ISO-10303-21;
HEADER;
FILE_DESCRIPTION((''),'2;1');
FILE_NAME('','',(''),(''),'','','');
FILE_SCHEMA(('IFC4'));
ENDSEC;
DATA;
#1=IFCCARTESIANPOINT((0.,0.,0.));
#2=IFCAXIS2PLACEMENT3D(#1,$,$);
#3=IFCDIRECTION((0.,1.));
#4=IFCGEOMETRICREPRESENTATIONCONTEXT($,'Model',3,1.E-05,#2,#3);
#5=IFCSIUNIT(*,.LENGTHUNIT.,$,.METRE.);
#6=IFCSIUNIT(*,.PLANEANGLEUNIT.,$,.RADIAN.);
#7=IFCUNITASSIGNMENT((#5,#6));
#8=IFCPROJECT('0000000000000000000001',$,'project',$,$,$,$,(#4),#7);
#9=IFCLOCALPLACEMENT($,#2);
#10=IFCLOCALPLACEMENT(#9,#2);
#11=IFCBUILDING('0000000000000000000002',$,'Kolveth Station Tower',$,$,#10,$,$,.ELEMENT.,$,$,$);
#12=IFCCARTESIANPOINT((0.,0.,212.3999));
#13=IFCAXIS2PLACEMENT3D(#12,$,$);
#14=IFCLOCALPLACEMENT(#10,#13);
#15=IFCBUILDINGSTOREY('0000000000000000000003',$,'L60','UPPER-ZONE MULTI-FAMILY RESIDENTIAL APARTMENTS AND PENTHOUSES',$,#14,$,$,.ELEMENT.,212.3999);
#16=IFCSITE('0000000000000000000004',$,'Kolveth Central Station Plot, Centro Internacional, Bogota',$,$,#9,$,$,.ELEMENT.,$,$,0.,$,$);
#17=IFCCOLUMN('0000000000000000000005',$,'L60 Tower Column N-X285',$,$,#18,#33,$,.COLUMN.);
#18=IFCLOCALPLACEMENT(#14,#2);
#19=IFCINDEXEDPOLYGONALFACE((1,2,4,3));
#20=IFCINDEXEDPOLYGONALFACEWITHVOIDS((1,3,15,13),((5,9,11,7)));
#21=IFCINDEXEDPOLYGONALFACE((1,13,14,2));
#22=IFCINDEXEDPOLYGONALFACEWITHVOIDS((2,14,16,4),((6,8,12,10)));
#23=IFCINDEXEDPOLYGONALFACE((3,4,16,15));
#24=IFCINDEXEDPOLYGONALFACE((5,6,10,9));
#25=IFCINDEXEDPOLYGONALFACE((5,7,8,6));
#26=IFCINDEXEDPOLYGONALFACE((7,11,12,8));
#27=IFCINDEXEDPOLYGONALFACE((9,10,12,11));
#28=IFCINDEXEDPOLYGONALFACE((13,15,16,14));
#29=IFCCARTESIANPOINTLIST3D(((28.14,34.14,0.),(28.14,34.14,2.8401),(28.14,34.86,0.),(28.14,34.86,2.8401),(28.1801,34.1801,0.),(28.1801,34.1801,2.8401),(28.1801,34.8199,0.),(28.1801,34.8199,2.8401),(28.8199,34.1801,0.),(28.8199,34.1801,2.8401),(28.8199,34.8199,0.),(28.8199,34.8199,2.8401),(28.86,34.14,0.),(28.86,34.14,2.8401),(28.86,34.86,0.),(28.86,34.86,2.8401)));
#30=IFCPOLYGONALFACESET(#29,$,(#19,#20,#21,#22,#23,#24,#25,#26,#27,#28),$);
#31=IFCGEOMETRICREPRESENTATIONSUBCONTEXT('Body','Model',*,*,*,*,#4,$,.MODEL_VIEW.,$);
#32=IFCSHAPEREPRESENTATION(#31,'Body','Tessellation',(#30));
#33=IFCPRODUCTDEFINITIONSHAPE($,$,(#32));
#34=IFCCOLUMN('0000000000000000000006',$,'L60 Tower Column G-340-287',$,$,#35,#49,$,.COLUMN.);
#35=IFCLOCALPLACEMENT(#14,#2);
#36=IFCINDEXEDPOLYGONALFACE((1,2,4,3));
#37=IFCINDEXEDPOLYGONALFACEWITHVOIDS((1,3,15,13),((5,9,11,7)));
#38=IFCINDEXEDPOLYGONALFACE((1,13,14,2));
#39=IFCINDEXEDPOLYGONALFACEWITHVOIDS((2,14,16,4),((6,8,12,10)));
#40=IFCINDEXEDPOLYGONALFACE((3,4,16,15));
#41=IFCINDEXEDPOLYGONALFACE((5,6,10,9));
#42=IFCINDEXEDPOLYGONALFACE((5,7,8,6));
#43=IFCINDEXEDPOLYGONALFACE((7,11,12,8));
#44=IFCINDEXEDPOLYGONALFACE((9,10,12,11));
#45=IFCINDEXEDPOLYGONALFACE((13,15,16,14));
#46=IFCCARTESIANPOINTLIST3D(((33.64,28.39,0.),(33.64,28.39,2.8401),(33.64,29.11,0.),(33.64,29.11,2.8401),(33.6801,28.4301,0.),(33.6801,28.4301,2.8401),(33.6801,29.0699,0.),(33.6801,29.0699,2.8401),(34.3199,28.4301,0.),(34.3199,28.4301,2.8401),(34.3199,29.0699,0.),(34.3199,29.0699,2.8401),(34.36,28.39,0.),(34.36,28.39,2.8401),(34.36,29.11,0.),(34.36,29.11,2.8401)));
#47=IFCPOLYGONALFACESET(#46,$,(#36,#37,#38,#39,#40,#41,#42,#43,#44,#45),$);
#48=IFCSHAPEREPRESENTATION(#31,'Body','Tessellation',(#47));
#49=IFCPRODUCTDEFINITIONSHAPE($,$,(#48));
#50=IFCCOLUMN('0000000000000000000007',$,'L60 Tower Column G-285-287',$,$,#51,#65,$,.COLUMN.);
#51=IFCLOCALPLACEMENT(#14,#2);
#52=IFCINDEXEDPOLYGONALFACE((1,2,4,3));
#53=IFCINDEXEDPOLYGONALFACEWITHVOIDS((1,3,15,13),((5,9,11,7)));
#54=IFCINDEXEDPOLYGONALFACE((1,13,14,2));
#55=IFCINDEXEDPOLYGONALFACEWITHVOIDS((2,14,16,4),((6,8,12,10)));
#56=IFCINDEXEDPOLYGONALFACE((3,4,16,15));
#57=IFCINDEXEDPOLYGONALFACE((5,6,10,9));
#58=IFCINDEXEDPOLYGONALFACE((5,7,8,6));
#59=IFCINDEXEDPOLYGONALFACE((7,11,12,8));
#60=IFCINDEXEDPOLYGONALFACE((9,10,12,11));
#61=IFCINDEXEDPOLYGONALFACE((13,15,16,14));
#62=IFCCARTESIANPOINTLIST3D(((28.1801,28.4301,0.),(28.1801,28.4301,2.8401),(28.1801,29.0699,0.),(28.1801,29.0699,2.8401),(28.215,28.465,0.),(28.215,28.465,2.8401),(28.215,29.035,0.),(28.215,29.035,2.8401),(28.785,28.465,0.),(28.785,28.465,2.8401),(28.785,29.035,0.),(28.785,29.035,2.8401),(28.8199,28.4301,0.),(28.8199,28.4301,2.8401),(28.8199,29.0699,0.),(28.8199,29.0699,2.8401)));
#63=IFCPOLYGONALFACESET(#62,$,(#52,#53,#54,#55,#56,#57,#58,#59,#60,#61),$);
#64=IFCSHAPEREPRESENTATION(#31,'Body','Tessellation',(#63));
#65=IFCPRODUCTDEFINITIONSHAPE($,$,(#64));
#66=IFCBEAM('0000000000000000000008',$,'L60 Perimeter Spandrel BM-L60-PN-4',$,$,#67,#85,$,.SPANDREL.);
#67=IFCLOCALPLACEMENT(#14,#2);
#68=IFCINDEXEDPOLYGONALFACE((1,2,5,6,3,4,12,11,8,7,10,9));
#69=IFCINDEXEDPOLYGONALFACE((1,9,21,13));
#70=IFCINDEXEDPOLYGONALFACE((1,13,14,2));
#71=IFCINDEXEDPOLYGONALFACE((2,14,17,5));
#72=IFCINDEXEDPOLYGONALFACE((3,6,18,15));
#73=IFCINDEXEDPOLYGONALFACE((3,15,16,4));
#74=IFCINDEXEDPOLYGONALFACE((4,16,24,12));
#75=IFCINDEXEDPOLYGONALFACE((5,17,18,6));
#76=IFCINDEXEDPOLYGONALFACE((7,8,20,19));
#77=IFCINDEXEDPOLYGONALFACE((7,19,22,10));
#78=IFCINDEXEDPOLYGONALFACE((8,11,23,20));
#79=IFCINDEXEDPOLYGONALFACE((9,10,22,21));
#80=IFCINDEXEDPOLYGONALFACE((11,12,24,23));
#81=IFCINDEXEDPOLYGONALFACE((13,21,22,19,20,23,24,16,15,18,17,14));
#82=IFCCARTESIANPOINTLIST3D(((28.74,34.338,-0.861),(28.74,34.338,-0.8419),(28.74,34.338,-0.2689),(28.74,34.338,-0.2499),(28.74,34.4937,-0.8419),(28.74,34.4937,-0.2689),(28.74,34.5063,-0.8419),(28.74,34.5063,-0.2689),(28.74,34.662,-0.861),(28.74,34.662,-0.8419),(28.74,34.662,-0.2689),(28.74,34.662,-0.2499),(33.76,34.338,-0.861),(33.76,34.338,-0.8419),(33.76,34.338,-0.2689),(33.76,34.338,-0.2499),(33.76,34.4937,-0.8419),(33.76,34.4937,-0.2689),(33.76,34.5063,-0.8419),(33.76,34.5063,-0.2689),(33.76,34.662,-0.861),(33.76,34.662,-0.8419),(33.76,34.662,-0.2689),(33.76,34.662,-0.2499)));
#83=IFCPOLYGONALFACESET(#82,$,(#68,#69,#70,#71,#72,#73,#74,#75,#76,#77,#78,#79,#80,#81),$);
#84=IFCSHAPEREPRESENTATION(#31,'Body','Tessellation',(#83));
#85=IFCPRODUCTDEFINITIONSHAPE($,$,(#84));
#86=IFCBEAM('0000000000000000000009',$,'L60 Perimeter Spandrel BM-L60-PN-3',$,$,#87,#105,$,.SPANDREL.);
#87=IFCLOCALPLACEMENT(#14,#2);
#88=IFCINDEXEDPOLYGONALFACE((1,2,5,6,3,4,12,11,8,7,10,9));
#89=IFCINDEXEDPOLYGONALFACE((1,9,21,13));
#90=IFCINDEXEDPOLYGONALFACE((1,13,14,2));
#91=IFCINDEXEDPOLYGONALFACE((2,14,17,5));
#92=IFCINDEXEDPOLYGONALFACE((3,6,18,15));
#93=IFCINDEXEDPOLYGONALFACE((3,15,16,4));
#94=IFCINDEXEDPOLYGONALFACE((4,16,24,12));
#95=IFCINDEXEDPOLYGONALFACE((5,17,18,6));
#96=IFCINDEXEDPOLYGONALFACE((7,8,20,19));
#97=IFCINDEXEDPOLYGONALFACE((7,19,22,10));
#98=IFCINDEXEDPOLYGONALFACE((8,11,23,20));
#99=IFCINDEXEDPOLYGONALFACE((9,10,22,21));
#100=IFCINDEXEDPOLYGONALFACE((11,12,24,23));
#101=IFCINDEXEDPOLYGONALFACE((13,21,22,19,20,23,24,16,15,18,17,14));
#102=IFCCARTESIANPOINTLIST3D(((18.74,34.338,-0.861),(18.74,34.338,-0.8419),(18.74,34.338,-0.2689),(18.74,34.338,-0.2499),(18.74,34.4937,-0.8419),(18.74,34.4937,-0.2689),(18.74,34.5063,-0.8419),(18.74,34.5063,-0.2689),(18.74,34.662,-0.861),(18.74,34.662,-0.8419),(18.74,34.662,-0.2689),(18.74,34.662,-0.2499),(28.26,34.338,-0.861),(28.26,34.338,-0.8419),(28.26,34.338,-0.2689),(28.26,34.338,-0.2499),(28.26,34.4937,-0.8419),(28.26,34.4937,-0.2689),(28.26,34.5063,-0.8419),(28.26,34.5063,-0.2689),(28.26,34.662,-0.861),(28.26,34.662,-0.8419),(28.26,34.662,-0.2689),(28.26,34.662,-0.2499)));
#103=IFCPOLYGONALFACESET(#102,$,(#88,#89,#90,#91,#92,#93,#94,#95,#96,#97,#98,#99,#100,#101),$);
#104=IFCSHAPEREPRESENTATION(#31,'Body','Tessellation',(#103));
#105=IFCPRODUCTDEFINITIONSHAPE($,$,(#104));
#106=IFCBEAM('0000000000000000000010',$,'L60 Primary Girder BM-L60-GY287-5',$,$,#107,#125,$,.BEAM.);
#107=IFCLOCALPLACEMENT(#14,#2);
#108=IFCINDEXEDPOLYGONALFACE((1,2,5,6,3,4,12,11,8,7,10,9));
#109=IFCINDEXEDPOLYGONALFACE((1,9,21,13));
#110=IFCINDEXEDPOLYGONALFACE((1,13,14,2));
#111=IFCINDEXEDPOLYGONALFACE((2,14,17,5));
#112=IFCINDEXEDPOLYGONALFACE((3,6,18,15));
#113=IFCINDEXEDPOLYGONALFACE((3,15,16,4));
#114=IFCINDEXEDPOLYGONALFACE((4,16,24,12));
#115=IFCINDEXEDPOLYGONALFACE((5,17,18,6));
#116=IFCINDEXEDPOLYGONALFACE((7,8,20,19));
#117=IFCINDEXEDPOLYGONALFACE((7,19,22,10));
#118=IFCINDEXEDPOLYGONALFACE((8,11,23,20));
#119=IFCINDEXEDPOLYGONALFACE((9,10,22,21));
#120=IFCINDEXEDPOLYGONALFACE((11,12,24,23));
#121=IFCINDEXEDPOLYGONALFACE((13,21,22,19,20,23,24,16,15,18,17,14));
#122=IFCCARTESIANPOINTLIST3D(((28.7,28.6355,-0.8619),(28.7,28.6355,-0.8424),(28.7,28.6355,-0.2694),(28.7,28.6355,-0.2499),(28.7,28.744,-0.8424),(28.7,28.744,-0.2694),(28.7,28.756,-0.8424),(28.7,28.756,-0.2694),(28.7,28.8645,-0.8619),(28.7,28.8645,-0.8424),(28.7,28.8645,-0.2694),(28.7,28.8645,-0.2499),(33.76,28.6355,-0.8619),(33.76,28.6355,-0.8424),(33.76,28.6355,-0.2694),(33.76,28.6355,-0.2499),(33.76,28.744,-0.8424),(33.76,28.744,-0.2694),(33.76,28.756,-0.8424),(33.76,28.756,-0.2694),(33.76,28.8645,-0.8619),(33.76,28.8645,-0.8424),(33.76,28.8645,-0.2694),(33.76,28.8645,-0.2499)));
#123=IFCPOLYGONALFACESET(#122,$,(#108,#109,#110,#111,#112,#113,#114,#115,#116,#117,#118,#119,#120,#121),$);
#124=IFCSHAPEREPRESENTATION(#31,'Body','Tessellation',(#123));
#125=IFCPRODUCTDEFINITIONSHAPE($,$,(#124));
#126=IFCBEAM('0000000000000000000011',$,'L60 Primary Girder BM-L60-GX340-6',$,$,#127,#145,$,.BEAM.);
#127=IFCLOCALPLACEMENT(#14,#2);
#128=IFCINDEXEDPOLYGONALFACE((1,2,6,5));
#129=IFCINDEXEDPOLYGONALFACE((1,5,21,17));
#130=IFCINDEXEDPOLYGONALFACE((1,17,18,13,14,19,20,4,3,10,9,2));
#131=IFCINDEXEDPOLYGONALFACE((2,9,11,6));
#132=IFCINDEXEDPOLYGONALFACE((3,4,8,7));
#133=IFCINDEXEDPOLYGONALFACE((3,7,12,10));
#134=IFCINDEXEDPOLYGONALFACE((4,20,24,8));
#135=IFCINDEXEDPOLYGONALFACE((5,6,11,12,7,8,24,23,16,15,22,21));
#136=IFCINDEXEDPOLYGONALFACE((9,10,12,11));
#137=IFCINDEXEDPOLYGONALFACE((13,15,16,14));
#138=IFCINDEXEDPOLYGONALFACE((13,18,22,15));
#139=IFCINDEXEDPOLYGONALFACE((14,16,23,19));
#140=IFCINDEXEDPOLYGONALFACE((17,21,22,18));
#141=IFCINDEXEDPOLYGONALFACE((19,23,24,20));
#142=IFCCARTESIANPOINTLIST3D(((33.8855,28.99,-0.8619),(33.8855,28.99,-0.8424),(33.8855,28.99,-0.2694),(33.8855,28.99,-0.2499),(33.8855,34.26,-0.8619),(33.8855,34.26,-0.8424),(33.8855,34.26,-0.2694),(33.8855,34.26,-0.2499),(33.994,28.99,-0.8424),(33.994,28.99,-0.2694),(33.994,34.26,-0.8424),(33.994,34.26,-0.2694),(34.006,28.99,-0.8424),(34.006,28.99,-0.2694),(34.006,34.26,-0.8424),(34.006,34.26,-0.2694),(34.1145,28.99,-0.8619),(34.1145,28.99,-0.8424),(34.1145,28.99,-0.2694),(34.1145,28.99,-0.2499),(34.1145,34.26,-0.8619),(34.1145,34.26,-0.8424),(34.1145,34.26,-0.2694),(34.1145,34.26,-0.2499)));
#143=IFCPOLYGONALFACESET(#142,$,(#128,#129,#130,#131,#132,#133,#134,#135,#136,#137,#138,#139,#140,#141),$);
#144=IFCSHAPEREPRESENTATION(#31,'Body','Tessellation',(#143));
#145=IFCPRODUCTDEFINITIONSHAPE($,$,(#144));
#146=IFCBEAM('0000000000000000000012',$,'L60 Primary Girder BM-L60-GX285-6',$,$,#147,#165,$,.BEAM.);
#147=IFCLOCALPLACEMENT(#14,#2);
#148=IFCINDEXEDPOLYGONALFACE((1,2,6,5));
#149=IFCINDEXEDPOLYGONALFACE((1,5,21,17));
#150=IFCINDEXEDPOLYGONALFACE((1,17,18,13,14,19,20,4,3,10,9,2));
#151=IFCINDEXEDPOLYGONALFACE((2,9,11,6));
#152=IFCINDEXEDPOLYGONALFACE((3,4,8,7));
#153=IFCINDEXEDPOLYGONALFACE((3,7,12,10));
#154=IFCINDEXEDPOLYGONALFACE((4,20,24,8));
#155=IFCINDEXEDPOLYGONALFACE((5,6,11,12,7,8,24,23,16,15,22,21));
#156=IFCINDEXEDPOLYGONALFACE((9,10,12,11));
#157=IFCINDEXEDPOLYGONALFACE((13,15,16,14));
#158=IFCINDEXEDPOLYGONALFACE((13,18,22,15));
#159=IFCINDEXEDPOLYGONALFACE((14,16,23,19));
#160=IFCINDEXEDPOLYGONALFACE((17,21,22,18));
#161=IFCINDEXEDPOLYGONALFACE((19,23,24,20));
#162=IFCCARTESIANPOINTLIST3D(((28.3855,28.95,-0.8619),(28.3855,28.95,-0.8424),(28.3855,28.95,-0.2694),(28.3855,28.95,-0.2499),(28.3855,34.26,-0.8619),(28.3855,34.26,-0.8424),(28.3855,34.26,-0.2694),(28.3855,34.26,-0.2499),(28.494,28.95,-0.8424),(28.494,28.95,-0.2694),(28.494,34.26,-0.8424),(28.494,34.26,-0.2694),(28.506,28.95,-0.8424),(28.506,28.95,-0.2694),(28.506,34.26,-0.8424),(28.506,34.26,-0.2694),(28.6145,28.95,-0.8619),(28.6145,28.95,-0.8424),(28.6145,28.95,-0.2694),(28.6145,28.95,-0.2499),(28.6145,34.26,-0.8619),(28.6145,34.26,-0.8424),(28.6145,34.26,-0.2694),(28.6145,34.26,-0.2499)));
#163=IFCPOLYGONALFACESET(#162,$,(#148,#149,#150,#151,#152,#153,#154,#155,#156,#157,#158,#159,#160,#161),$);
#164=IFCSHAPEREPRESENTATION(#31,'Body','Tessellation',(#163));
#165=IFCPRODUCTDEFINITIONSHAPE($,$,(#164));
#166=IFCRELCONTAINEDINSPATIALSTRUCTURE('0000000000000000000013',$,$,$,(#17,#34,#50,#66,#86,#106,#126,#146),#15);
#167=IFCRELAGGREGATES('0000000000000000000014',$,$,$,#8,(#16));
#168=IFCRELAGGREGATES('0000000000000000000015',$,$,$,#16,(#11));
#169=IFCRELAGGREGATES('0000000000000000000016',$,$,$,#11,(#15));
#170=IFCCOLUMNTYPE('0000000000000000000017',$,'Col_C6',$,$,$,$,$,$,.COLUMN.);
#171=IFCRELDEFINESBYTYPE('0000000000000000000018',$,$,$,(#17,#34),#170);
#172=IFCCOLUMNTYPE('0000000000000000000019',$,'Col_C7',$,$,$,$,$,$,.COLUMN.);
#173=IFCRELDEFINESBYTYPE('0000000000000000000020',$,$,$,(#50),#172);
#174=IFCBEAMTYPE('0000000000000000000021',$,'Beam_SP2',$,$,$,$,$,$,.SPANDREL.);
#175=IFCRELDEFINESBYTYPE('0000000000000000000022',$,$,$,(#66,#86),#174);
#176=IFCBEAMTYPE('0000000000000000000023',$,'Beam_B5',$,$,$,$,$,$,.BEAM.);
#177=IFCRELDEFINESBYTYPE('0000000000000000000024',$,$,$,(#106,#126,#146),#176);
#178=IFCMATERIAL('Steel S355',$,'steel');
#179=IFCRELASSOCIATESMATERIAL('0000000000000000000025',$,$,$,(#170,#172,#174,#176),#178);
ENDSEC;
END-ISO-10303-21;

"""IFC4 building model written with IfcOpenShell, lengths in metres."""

from ifc_helpers import new_model, si_unit, direction, frame, origin, origin_2d, place, context, subcontext, project, spatial, hollow_rectangle, i_section, extrude, source, transform, mapped, material, material_profile, profile_set, type_object, element, save


model = new_model("IFC4")

# Units and contexts
model_context = context("Model", 3, precision=1e-05, world=origin(), true_north=direction((0.0, 1.0)))
body_context = subcontext(model_context, "Body", "Model", "MODEL_VIEW")
ifc_project = project(units=[si_unit("LENGTHUNIT", "METRE"), si_unit("PLANEANGLEUNIT", "RADIAN")], contexts=[model_context])

# Site, building, storey
site_placement = place(None, origin())
site = spatial("IfcSite", under=ifc_project, at=site_placement, Name="Kolveth Central Station Plot, Centro Internacional, Bogota", CompositionType="ELEMENT", RefElevation=0.0)
building_placement = place(site_placement, origin())
building = spatial("IfcBuilding", under=site, at=building_placement, Name="Kolveth Station Tower", CompositionType="ELEMENT")
storey_placement = place(building_placement, frame((0.0, 0.0, 212.3999)))
storey = spatial("IfcBuildingStorey", under=building, at=storey_placement, Name="L60", Description="UPPER-ZONE MULTI-FAMILY RESIDENTIAL APARTMENTS AND PENTHOUSES", CompositionType="ELEMENT", Elevation=212.3999)

# Columns
ifc_material_1 = material(Name="Steel S355", Category="steel")
ifc_material_profile_1 = material_profile(ifc_material_1, hollow_rectangle(XDim=0.72, YDim=0.72, WallThickness=0.04, at=origin_2d()), Name="BOX720x720x40")
ifc_profile_set_1 = profile_set([ifc_material_profile_1], Name="Steel S355")
column_type_1 = type_object("IfcColumnType", Name="Col_C6", PredefinedType="COLUMN", material=ifc_profile_set_1)
shared_shape_1 = source(origin(), body_context, "Body", "SweptSolid", [
    extrude(hollow_rectangle(XDim=0.72, YDim=0.72, WallThickness=0.04, at=origin_2d()), origin(), (0.0, 0.0, 1.0), 2.8401),
])
for number, where, z_axis, x_axis, name in (
    (1, (28.5, 34.5, 0.0), (0.0, 0.0, 1.0), (1.0, 0.0, 0.0), "L60 Tower Column N-X285"),
    (2, (34.0, 28.75, 0.0), (0.0, 0.0, 1.0), (1.0, 0.0, 0.0), "L60 Tower Column G-340-287"),
):
    element("IfcColumn", number, at=place(storey_placement, frame(where, z_axis=z_axis, x_axis=x_axis)), inside=storey, type_object=column_type_1, Name=name, PredefinedType="COLUMN", context=body_context, shape_type="MappedRepresentation", body=[
        mapped(shared_shape_1, transform((0.0, 0.0, 0.0), x_axis=(1.0, 0.0, 0.0), y_axis=(0.0, 1.0, 0.0), z_axis=(0.0, 0.0, 1.0), scale=1.0)),
    ])
ifc_material_profile_2 = material_profile(ifc_material_1, hollow_rectangle(XDim=0.6399, YDim=0.6399, WallThickness=0.0349, at=origin_2d()), Name="BOX640x640x35")
ifc_profile_set_2 = profile_set([ifc_material_profile_2], Name="Steel S355")
column_type_2 = type_object("IfcColumnType", Name="Col_C7", PredefinedType="COLUMN", material=ifc_profile_set_2)
shared_shape_2 = source(origin(), body_context, "Body", "SweptSolid", [
    extrude(hollow_rectangle(XDim=0.6399, YDim=0.6399, WallThickness=0.0349, at=origin_2d()), origin(), (0.0, 0.0, 1.0), 2.8401),
])
column_placement = place(storey_placement, frame((28.5, 28.75, 0.0), z_axis=(0.0, 0.0, 1.0), x_axis=(1.0, 0.0, 0.0)))
element("IfcColumn", 3, at=column_placement, inside=storey, type_object=column_type_2, Name="L60 Tower Column G-285-287", PredefinedType="COLUMN", context=body_context, shape_type="MappedRepresentation", body=[
    mapped(shared_shape_2, transform((0.0, 0.0, 0.0), x_axis=(1.0, 0.0, 0.0), y_axis=(0.0, 1.0, 0.0), z_axis=(0.0, 0.0, 1.0), scale=1.0)),
])

# Beams
ifc_material_profile_3 = material_profile(ifc_material_1, i_section(OverallWidth=0.324, OverallDepth=0.6111, WebThickness=0.0127, FlangeThickness=0.019, at=origin_2d()), Name="W610x155")
ifc_profile_set_3 = profile_set([ifc_material_profile_3], Name="Steel S355")
beam_type_1 = type_object("IfcBeamType", Name="Beam_SP2", PredefinedType="SPANDREL", material=ifc_profile_set_3)
shared_shape_3 = source(origin(), body_context, "Body", "SweptSolid", [
    extrude(i_section(OverallWidth=0.324, OverallDepth=0.6111, WebThickness=0.0127, FlangeThickness=0.019, at=origin_2d()), origin(), (0.0, 0.0, 1.0), 5.02),
])
beam_1_placement = place(storey_placement, frame((28.74, 34.5, -0.5554), z_axis=(1.0, 0.0, 0.0), x_axis=(0.0, 1.0, 0.0)))
element("IfcBeam", 4, at=beam_1_placement, inside=storey, type_object=beam_type_1, Name="L60 Perimeter Spandrel BM-L60-PN-4", PredefinedType="SPANDREL", context=body_context, shape_type="MappedRepresentation", body=[
    mapped(shared_shape_3, transform((0.0, 0.0, 0.0), x_axis=(1.0, 0.0, 0.0), y_axis=(0.0, 1.0, 0.0), z_axis=(0.0, 0.0, 1.0), scale=1.0)),
])
shared_shape_4 = source(origin(), body_context, "Body", "SweptSolid", [
    extrude(i_section(OverallWidth=0.324, OverallDepth=0.6111, WebThickness=0.0127, FlangeThickness=0.019, at=origin_2d()), origin(), (0.0, 0.0, 1.0), 9.52),
])
beam_2_placement = place(storey_placement, frame((18.74, 34.5, -0.5554), z_axis=(1.0, 0.0, 0.0), x_axis=(0.0, 1.0, 0.0)))
element("IfcBeam", 5, at=beam_2_placement, inside=storey, type_object=beam_type_1, Name="L60 Perimeter Spandrel BM-L60-PN-3", PredefinedType="SPANDREL", context=body_context, shape_type="MappedRepresentation", body=[
    mapped(shared_shape_4, transform((0.0, 0.0, 0.0), x_axis=(1.0, 0.0, 0.0), y_axis=(0.0, 1.0, 0.0), z_axis=(0.0, 0.0, 1.0), scale=1.0)),
])
ifc_material_profile_4 = material_profile(ifc_material_1, i_section(OverallWidth=0.229, OverallDepth=0.6121, WebThickness=0.012, FlangeThickness=0.0195, at=origin_2d()), Name="W610x125")
ifc_profile_set_4 = profile_set([ifc_material_profile_4], Name="Steel S355")
beam_type_2 = type_object("IfcBeamType", Name="Beam_B5", PredefinedType="BEAM", material=ifc_profile_set_4)
shared_shape_5 = source(origin(), body_context, "Body", "SweptSolid", [
    extrude(i_section(OverallWidth=0.229, OverallDepth=0.6121, WebThickness=0.012, FlangeThickness=0.0195, at=origin_2d()), origin(), (0.0, 0.0, 1.0), 5.0601),
])
beam_3_placement = place(storey_placement, frame((28.7, 28.75, -0.5559), z_axis=(1.0, 0.0, 0.0), x_axis=(0.0, 1.0, 0.0)))
element("IfcBeam", 6, at=beam_3_placement, inside=storey, type_object=beam_type_2, Name="L60 Primary Girder BM-L60-GY287-5", PredefinedType="BEAM", context=body_context, shape_type="MappedRepresentation", body=[
    mapped(shared_shape_5, transform((0.0, 0.0, 0.0), x_axis=(1.0, 0.0, 0.0), y_axis=(0.0, 1.0, 0.0), z_axis=(0.0, 0.0, 1.0), scale=1.0)),
])
shared_shape_6 = source(origin(), body_context, "Body", "SweptSolid", [
    extrude(i_section(OverallWidth=0.229, OverallDepth=0.6121, WebThickness=0.012, FlangeThickness=0.0195, at=origin_2d()), origin(), (0.0, 0.0, 1.0), 5.27),
])
beam_4_placement = place(storey_placement, frame((34.0, 28.99, -0.5559), z_axis=(0.0, 1.0, 0.0), x_axis=(-1.0, 0.0, 0.0)))
element("IfcBeam", 7, at=beam_4_placement, inside=storey, type_object=beam_type_2, Name="L60 Primary Girder BM-L60-GX340-6", PredefinedType="BEAM", context=body_context, shape_type="MappedRepresentation", body=[
    mapped(shared_shape_6, transform((0.0, 0.0, 0.0), x_axis=(1.0, 0.0, 0.0), y_axis=(0.0, 1.0, 0.0), z_axis=(0.0, 0.0, 1.0), scale=1.0)),
])
shared_shape_7 = source(origin(), body_context, "Body", "SweptSolid", [
    extrude(i_section(OverallWidth=0.229, OverallDepth=0.6121, WebThickness=0.012, FlangeThickness=0.0195, at=origin_2d()), origin(), (0.0, 0.0, 1.0), 5.3101),
])
beam_5_placement = place(storey_placement, frame((28.5, 28.95, -0.5559), z_axis=(0.0, 1.0, 0.0), x_axis=(-1.0, 0.0, 0.0)))
element("IfcBeam", 8, at=beam_5_placement, inside=storey, type_object=beam_type_2, Name="L60 Primary Girder BM-L60-GX285-6", PredefinedType="BEAM", context=body_context, shape_type="MappedRepresentation", body=[
    mapped(shared_shape_7, transform((0.0, 0.0, 0.0), x_axis=(1.0, 0.0, 0.0), y_axis=(0.0, 1.0, 0.0), z_axis=(0.0, 0.0, 1.0), scale=1.0)),
])

save(model, "model.ifc")
